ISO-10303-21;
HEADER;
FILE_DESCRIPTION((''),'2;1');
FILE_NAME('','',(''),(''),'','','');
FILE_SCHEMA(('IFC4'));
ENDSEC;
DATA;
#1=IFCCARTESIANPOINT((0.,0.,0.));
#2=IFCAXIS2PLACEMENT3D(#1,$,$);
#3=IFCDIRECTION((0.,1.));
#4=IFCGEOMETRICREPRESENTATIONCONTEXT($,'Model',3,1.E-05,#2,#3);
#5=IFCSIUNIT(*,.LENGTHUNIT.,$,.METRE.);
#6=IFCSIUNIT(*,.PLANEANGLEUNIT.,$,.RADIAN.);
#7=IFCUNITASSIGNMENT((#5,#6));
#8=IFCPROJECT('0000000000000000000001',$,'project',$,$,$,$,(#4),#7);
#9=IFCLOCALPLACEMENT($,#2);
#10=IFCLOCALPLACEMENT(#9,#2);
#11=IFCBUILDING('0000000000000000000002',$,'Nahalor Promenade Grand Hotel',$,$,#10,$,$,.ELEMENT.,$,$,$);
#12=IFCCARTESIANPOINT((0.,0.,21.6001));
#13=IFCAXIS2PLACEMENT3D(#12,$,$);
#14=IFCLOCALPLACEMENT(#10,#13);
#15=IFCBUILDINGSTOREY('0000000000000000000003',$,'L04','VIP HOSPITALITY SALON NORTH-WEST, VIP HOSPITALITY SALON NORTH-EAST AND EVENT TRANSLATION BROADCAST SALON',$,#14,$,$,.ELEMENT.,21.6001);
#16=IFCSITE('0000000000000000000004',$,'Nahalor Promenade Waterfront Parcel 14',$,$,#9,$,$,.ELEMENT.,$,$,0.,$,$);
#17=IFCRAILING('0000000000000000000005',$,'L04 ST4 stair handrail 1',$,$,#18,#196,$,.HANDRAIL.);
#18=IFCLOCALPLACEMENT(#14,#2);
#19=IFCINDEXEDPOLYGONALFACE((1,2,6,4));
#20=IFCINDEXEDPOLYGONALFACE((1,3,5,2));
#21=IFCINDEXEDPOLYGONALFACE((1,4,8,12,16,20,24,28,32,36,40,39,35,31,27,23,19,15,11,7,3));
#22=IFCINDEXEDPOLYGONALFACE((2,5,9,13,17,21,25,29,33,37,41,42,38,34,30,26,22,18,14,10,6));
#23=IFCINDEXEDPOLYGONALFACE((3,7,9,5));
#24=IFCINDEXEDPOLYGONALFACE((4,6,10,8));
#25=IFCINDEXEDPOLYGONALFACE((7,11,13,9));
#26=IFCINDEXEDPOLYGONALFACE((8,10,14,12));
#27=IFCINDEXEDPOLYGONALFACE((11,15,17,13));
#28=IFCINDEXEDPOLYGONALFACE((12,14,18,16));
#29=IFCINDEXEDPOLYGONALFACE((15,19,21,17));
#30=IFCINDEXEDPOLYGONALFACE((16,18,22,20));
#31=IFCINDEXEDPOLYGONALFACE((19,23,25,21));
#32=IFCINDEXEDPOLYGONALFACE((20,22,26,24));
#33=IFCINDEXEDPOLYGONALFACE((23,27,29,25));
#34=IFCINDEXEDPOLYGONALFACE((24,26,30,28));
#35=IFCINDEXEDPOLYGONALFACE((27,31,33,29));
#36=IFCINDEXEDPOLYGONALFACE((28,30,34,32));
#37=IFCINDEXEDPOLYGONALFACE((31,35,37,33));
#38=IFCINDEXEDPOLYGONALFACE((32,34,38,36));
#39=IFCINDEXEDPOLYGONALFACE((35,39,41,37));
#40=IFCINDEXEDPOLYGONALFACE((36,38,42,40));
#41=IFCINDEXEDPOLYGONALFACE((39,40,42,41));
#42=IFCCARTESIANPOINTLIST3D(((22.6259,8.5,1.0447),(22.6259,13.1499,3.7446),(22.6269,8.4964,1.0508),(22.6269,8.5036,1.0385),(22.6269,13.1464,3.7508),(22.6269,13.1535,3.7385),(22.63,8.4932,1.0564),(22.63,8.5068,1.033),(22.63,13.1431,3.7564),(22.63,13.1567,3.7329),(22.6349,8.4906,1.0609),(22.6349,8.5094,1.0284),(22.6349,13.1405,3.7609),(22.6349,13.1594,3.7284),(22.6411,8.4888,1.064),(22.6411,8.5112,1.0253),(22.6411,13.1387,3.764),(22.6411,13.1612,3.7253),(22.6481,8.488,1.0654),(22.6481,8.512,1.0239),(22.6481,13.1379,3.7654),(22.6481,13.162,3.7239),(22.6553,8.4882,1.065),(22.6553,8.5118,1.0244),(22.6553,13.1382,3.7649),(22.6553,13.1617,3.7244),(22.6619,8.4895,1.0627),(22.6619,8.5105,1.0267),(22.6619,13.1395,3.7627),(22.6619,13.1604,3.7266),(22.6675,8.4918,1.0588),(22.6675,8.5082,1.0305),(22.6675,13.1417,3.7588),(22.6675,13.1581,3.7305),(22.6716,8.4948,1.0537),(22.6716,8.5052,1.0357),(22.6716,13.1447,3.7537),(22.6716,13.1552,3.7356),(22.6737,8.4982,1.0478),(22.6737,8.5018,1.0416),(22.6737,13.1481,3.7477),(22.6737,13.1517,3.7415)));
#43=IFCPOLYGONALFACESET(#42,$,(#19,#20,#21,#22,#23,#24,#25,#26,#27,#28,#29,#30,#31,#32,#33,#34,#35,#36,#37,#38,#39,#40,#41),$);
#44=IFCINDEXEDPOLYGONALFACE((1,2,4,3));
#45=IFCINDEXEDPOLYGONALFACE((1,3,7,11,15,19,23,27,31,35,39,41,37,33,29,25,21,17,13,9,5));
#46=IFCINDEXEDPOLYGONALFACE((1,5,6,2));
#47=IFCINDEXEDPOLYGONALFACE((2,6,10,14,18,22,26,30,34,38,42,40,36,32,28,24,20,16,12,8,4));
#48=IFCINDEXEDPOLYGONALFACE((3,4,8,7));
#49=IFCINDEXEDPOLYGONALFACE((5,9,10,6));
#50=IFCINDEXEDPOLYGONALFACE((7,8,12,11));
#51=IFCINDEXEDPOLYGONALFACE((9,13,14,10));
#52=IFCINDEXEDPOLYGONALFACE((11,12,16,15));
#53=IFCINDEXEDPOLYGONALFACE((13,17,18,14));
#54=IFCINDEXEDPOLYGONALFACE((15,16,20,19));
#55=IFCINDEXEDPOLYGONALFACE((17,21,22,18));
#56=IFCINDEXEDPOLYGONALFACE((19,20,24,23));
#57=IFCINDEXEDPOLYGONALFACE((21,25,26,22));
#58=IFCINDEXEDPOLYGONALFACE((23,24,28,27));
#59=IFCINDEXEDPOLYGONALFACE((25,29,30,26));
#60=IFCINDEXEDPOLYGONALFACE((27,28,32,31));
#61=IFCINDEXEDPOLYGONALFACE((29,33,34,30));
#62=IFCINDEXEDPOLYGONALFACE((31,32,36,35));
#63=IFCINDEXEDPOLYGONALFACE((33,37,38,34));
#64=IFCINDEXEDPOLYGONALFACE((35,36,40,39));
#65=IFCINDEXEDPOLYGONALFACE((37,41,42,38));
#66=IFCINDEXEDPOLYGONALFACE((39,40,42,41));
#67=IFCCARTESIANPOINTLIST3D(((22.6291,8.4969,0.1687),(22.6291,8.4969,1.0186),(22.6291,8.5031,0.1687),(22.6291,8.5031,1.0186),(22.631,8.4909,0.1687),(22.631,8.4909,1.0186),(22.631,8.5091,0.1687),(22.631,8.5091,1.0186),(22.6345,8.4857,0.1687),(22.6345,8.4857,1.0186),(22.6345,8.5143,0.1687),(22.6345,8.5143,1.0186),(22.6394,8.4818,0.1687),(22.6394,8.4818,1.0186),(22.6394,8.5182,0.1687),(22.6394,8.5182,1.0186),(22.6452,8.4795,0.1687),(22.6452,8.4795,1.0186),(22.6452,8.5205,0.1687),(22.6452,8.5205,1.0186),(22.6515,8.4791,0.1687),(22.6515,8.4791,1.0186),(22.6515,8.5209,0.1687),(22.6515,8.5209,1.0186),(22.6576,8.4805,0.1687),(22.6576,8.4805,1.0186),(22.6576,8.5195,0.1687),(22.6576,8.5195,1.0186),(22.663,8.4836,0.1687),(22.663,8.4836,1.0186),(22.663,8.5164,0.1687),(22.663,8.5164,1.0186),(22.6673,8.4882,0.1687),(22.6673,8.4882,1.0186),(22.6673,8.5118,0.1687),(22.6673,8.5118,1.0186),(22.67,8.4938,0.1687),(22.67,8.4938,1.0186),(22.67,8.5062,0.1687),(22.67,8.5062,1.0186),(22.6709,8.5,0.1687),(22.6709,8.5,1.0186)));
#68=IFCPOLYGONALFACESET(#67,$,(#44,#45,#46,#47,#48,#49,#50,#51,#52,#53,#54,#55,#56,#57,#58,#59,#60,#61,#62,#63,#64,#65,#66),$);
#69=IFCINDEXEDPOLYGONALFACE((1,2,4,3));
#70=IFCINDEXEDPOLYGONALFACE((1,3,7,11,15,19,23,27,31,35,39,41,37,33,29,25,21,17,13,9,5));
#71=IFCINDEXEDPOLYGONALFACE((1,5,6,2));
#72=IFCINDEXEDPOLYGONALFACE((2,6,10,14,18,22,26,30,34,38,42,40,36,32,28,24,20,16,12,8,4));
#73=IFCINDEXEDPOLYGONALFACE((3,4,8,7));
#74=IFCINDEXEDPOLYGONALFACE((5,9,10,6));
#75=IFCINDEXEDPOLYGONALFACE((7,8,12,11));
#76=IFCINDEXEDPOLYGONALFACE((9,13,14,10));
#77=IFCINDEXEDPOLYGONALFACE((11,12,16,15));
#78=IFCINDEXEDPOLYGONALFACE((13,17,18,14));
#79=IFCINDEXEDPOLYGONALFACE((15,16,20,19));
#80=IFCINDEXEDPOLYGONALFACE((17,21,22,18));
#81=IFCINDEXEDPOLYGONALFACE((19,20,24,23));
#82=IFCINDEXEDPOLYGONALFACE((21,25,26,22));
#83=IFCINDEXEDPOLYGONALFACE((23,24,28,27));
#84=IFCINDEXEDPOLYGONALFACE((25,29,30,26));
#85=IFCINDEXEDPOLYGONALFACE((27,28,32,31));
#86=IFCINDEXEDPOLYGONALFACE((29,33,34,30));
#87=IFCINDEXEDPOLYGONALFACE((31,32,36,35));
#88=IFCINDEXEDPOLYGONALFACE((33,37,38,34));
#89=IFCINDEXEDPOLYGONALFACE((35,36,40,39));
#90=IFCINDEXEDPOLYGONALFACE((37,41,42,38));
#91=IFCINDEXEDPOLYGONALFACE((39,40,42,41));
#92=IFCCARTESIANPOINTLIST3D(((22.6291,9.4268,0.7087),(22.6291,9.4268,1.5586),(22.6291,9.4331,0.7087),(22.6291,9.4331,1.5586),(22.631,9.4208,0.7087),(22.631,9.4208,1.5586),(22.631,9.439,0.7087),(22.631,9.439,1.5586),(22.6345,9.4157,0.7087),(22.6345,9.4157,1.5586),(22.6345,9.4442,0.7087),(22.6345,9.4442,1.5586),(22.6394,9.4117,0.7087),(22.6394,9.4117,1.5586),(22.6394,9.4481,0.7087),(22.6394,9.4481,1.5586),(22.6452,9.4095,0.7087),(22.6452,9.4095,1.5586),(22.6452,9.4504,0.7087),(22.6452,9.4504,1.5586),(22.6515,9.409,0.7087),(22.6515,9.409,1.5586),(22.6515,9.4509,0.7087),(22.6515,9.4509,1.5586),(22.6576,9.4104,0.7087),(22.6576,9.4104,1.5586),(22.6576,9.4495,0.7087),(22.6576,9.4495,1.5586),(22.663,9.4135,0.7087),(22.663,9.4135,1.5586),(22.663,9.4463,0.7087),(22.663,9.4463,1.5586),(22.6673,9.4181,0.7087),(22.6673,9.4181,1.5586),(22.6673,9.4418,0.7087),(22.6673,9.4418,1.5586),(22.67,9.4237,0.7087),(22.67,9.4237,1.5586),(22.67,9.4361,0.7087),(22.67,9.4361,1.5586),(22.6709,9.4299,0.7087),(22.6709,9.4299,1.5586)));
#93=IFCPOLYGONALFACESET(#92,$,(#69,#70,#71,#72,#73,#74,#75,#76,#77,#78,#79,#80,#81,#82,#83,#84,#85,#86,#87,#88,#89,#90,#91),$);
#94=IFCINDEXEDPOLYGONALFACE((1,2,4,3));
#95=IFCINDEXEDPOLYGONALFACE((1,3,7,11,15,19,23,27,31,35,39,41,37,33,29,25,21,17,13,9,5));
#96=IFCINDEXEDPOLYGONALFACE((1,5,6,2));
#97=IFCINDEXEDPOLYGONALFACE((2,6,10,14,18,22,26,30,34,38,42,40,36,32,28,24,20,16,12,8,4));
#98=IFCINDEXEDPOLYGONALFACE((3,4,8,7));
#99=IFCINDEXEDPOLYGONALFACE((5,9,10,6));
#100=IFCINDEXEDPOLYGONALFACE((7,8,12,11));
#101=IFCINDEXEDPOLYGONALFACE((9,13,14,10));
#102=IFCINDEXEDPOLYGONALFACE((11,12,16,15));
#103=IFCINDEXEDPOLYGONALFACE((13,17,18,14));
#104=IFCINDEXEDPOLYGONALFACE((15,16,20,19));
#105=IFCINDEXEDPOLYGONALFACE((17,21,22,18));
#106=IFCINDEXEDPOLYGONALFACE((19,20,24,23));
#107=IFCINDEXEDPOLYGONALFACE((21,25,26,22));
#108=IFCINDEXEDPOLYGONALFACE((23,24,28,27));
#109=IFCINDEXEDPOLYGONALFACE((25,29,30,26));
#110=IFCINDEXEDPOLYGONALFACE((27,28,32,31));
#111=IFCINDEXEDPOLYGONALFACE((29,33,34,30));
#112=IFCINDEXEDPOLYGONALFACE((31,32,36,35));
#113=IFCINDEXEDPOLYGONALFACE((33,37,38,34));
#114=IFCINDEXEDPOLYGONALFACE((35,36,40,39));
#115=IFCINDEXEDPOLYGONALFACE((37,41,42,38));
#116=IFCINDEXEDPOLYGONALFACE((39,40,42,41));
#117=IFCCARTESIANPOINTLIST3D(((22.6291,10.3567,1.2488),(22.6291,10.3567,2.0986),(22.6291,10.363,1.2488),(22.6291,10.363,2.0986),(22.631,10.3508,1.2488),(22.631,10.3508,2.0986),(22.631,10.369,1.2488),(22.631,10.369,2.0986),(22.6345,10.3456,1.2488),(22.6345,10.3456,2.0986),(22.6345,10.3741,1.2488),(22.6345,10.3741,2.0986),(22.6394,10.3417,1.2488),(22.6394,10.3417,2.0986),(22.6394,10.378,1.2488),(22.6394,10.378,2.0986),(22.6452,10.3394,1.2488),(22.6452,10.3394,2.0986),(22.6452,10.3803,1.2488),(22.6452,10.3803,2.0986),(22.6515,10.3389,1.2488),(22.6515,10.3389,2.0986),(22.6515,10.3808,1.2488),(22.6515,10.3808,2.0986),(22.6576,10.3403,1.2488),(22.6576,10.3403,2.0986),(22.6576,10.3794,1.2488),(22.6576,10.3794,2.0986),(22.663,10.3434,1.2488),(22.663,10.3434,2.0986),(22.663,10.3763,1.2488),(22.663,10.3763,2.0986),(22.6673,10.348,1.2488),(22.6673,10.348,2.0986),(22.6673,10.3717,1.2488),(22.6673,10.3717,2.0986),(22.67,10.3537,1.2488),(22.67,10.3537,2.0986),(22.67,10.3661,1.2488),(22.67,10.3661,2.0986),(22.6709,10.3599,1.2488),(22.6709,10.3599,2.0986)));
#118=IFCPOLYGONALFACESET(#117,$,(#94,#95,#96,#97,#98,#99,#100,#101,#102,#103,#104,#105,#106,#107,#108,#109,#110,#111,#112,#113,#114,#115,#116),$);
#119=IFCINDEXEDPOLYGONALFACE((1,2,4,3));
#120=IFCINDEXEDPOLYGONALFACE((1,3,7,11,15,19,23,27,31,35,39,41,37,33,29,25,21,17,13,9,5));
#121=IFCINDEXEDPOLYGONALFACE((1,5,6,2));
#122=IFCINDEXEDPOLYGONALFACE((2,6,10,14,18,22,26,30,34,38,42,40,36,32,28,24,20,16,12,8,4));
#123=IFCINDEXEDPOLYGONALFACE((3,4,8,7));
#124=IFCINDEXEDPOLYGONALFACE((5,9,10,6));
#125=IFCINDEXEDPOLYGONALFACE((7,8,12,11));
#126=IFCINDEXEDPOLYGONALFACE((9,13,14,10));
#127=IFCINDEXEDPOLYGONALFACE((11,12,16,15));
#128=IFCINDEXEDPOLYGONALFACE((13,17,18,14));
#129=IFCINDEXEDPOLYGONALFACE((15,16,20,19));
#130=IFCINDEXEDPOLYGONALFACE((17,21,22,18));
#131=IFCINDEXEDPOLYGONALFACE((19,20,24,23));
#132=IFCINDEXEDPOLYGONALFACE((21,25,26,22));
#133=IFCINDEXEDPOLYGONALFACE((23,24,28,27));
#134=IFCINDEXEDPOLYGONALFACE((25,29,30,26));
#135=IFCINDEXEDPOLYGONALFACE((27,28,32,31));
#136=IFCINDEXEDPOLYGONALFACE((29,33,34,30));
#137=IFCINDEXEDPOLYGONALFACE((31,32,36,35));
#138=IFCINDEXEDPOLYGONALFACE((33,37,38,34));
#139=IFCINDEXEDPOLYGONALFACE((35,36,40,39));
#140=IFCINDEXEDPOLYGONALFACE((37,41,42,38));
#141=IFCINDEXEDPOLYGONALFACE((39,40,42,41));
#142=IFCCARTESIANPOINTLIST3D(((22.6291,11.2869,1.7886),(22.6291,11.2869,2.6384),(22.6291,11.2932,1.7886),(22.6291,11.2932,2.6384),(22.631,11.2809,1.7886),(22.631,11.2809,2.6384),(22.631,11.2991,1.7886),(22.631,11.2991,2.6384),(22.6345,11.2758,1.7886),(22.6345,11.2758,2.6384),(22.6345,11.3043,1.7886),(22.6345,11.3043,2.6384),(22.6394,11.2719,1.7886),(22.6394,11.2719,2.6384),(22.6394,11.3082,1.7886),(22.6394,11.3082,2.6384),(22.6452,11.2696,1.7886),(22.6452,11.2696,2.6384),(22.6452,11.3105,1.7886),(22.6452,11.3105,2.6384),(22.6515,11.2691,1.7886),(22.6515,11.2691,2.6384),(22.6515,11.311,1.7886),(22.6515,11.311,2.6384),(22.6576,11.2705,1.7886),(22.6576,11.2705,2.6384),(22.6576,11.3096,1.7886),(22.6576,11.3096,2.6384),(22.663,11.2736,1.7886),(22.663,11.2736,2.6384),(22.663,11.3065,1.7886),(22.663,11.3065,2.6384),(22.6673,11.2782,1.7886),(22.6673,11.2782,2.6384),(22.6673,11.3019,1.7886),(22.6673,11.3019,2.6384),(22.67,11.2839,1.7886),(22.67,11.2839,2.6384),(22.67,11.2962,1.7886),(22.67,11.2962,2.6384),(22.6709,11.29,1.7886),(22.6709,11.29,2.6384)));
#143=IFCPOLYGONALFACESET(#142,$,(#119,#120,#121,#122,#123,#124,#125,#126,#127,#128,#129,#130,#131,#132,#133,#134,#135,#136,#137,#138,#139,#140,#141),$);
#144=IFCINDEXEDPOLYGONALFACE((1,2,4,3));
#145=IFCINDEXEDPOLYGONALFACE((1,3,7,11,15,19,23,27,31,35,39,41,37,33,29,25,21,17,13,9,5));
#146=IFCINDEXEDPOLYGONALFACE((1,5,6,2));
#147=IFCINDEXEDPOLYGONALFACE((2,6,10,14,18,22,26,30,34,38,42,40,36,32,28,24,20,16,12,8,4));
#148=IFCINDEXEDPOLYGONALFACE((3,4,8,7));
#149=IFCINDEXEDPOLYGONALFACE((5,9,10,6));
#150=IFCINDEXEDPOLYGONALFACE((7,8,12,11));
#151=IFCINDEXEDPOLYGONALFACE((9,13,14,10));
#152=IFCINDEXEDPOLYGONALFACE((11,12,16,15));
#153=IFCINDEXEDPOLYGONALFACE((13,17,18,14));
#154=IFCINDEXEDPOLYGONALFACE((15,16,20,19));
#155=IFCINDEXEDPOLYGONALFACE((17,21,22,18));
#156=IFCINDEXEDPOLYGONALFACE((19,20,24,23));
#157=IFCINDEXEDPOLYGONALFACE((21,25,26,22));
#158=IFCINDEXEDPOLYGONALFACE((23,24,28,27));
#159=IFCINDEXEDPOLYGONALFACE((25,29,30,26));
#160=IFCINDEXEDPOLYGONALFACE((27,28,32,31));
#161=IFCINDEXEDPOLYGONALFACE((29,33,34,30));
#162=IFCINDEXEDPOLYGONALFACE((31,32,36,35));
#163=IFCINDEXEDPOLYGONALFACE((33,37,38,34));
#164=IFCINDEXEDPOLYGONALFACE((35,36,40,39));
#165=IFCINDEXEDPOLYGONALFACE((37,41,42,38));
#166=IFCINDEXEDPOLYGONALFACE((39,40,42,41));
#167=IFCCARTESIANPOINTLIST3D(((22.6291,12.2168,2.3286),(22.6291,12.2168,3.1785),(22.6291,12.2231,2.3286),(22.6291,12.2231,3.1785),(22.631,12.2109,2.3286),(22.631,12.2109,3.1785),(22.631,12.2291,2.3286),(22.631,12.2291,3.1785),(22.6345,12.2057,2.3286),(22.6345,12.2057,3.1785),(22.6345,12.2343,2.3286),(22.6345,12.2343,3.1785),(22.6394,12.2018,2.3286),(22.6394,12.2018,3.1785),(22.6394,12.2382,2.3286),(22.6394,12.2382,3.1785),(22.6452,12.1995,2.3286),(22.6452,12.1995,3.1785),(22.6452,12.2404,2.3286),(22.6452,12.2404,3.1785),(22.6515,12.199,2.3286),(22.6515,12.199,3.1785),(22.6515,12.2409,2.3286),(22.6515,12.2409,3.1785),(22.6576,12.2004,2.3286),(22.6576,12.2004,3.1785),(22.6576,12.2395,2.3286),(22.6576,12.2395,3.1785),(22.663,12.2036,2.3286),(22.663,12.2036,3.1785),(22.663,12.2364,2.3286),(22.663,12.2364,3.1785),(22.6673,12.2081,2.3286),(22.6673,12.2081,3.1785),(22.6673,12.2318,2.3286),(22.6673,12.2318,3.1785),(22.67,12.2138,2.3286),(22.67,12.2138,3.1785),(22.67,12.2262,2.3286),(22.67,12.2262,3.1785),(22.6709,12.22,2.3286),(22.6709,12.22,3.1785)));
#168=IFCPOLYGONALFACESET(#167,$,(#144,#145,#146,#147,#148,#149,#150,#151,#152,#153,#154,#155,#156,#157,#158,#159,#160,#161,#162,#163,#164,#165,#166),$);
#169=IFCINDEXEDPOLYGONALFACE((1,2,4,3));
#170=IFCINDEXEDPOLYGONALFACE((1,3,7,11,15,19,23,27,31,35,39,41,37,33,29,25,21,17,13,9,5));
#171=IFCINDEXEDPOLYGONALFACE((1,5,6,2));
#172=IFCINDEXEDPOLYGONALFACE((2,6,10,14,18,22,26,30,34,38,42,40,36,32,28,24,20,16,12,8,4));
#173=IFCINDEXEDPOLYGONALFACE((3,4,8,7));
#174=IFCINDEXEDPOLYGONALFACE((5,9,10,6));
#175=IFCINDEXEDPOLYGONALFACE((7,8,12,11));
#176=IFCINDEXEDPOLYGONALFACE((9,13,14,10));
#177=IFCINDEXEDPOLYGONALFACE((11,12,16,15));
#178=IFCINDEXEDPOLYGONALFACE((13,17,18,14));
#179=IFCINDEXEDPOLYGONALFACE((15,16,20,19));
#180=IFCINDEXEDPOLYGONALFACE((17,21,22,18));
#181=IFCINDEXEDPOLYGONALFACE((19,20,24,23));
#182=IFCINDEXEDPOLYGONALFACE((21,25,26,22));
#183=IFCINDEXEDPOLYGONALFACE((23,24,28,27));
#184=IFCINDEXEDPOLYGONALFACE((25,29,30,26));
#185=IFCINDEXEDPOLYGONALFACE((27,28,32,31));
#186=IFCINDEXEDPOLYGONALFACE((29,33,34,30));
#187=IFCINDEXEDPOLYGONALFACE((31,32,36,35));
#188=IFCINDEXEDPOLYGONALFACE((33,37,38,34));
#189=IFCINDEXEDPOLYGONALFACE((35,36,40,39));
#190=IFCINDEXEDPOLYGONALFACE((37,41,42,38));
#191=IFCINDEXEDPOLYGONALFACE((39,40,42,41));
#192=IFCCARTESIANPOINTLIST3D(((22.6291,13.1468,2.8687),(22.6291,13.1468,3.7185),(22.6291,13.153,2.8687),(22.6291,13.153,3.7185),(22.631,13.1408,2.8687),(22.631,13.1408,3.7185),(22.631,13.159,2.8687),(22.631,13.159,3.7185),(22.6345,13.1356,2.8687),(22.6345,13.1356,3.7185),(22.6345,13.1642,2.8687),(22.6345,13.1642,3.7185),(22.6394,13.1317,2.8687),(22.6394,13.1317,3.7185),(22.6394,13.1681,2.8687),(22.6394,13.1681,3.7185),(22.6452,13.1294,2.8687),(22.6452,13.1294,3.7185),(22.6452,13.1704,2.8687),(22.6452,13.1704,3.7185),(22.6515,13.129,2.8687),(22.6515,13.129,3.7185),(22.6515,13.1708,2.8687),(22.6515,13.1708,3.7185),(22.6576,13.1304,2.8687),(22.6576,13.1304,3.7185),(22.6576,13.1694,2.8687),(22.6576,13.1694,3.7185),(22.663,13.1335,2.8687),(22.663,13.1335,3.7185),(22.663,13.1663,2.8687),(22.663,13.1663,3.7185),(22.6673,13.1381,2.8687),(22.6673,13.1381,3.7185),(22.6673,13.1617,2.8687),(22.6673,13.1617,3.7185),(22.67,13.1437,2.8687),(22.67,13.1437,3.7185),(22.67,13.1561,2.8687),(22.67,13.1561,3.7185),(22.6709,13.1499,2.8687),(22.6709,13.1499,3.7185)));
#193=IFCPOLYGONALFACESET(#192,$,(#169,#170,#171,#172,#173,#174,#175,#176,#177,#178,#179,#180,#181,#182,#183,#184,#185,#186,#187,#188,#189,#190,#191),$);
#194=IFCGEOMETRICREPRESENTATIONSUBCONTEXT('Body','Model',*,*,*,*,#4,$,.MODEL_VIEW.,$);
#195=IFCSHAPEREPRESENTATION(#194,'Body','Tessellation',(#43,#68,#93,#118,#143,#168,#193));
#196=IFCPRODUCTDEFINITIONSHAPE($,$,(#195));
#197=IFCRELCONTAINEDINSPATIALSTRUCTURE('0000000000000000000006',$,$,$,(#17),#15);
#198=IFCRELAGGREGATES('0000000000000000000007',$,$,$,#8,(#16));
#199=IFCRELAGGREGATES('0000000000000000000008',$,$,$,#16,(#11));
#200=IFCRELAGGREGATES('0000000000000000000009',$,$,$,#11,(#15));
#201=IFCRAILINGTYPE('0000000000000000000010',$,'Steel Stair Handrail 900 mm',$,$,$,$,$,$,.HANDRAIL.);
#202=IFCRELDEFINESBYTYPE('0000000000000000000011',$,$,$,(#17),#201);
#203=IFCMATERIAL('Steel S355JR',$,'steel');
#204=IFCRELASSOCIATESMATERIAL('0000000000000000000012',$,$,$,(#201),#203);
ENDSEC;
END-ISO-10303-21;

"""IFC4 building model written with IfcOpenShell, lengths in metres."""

from ifc_helpers import new_model, si_unit, direction, frame, origin, origin_2d, place, context, subcontext, project, spatial, circle, extrude, material, type_object, element, save


model = new_model("IFC4")

# Units and contexts
model_context = context("Model", 3, precision=1e-05, world=origin(), true_north=direction((0.0, 1.0)))
body_context = subcontext(model_context, "Body", "Model", "MODEL_VIEW")
ifc_project = project(units=[si_unit("LENGTHUNIT", "METRE"), si_unit("PLANEANGLEUNIT", "RADIAN")], contexts=[model_context])

# Site, building, storey
site_placement = place(None, origin())
site = spatial("IfcSite", under=ifc_project, at=site_placement, Name="Nahalor Promenade Waterfront Parcel 14", CompositionType="ELEMENT", RefElevation=0.0)
building_placement = place(site_placement, origin())
building = spatial("IfcBuilding", under=site, at=building_placement, Name="Nahalor Promenade Grand Hotel", CompositionType="ELEMENT")
storey_placement = place(building_placement, frame((0.0, 0.0, 21.6001)))
storey = spatial("IfcBuildingStorey", under=building, at=storey_placement, Name="L04", Description="VIP HOSPITALITY SALON NORTH-WEST, VIP HOSPITALITY SALON NORTH-EAST AND EVENT TRANSLATION BROADCAST SALON", CompositionType="ELEMENT", Elevation=21.6001)

# Shared definitions
ifc_material_1 = material(Name="Steel S355JR", Category="steel")

# Railing
railing_type_1 = type_object("IfcRailingType", Name="Steel Stair Handrail 900 mm", PredefinedType="HANDRAIL", material=ifc_material_1)
railing_1_placement = place(storey_placement, frame((22.6499, 8.5, 0.1687)))
element("IfcRailing", 1, at=railing_1_placement, inside=storey, type_object=railing_type_1, Name="L04 ST4 stair handrail 1", PredefinedType="HANDRAIL", context=body_context, shape_type="SweptSolid", body=[
    extrude(circle(Radius=0.024, at=origin_2d()), frame((0.0, 0.0, 0.876), z_axis=(0.0, 0.864788, 0.502137), x_axis=(-1.0, 0.0, 0.0)), (0.0, 0.0, 1.0), 5.377),
    extrude(circle(Radius=0.021, at=origin_2d()), origin(), (0.0, 0.0, 1.0), 0.8499),
    extrude(circle(Radius=0.021, at=origin_2d()), frame((0.0, 0.9299, 0.54)), (0.0, 0.0, 1.0), 0.8499),
    extrude(circle(Radius=0.021, at=origin_2d()), frame((0.0, 1.8599, 1.0801)), (0.0, 0.0, 1.0), 0.8499),
    extrude(circle(Radius=0.021, at=origin_2d()), frame((0.0, 2.79, 1.6199)), (0.0, 0.0, 1.0), 0.8499),
    extrude(circle(Radius=0.021, at=origin_2d()), frame((0.0, 3.72, 2.1599)), (0.0, 0.0, 1.0), 0.8499),
    extrude(circle(Radius=0.021, at=origin_2d()), frame((0.0, 4.6499, 2.7)), (0.0, 0.0, 1.0), 0.8499),
])

save(model, "model.ifc")
